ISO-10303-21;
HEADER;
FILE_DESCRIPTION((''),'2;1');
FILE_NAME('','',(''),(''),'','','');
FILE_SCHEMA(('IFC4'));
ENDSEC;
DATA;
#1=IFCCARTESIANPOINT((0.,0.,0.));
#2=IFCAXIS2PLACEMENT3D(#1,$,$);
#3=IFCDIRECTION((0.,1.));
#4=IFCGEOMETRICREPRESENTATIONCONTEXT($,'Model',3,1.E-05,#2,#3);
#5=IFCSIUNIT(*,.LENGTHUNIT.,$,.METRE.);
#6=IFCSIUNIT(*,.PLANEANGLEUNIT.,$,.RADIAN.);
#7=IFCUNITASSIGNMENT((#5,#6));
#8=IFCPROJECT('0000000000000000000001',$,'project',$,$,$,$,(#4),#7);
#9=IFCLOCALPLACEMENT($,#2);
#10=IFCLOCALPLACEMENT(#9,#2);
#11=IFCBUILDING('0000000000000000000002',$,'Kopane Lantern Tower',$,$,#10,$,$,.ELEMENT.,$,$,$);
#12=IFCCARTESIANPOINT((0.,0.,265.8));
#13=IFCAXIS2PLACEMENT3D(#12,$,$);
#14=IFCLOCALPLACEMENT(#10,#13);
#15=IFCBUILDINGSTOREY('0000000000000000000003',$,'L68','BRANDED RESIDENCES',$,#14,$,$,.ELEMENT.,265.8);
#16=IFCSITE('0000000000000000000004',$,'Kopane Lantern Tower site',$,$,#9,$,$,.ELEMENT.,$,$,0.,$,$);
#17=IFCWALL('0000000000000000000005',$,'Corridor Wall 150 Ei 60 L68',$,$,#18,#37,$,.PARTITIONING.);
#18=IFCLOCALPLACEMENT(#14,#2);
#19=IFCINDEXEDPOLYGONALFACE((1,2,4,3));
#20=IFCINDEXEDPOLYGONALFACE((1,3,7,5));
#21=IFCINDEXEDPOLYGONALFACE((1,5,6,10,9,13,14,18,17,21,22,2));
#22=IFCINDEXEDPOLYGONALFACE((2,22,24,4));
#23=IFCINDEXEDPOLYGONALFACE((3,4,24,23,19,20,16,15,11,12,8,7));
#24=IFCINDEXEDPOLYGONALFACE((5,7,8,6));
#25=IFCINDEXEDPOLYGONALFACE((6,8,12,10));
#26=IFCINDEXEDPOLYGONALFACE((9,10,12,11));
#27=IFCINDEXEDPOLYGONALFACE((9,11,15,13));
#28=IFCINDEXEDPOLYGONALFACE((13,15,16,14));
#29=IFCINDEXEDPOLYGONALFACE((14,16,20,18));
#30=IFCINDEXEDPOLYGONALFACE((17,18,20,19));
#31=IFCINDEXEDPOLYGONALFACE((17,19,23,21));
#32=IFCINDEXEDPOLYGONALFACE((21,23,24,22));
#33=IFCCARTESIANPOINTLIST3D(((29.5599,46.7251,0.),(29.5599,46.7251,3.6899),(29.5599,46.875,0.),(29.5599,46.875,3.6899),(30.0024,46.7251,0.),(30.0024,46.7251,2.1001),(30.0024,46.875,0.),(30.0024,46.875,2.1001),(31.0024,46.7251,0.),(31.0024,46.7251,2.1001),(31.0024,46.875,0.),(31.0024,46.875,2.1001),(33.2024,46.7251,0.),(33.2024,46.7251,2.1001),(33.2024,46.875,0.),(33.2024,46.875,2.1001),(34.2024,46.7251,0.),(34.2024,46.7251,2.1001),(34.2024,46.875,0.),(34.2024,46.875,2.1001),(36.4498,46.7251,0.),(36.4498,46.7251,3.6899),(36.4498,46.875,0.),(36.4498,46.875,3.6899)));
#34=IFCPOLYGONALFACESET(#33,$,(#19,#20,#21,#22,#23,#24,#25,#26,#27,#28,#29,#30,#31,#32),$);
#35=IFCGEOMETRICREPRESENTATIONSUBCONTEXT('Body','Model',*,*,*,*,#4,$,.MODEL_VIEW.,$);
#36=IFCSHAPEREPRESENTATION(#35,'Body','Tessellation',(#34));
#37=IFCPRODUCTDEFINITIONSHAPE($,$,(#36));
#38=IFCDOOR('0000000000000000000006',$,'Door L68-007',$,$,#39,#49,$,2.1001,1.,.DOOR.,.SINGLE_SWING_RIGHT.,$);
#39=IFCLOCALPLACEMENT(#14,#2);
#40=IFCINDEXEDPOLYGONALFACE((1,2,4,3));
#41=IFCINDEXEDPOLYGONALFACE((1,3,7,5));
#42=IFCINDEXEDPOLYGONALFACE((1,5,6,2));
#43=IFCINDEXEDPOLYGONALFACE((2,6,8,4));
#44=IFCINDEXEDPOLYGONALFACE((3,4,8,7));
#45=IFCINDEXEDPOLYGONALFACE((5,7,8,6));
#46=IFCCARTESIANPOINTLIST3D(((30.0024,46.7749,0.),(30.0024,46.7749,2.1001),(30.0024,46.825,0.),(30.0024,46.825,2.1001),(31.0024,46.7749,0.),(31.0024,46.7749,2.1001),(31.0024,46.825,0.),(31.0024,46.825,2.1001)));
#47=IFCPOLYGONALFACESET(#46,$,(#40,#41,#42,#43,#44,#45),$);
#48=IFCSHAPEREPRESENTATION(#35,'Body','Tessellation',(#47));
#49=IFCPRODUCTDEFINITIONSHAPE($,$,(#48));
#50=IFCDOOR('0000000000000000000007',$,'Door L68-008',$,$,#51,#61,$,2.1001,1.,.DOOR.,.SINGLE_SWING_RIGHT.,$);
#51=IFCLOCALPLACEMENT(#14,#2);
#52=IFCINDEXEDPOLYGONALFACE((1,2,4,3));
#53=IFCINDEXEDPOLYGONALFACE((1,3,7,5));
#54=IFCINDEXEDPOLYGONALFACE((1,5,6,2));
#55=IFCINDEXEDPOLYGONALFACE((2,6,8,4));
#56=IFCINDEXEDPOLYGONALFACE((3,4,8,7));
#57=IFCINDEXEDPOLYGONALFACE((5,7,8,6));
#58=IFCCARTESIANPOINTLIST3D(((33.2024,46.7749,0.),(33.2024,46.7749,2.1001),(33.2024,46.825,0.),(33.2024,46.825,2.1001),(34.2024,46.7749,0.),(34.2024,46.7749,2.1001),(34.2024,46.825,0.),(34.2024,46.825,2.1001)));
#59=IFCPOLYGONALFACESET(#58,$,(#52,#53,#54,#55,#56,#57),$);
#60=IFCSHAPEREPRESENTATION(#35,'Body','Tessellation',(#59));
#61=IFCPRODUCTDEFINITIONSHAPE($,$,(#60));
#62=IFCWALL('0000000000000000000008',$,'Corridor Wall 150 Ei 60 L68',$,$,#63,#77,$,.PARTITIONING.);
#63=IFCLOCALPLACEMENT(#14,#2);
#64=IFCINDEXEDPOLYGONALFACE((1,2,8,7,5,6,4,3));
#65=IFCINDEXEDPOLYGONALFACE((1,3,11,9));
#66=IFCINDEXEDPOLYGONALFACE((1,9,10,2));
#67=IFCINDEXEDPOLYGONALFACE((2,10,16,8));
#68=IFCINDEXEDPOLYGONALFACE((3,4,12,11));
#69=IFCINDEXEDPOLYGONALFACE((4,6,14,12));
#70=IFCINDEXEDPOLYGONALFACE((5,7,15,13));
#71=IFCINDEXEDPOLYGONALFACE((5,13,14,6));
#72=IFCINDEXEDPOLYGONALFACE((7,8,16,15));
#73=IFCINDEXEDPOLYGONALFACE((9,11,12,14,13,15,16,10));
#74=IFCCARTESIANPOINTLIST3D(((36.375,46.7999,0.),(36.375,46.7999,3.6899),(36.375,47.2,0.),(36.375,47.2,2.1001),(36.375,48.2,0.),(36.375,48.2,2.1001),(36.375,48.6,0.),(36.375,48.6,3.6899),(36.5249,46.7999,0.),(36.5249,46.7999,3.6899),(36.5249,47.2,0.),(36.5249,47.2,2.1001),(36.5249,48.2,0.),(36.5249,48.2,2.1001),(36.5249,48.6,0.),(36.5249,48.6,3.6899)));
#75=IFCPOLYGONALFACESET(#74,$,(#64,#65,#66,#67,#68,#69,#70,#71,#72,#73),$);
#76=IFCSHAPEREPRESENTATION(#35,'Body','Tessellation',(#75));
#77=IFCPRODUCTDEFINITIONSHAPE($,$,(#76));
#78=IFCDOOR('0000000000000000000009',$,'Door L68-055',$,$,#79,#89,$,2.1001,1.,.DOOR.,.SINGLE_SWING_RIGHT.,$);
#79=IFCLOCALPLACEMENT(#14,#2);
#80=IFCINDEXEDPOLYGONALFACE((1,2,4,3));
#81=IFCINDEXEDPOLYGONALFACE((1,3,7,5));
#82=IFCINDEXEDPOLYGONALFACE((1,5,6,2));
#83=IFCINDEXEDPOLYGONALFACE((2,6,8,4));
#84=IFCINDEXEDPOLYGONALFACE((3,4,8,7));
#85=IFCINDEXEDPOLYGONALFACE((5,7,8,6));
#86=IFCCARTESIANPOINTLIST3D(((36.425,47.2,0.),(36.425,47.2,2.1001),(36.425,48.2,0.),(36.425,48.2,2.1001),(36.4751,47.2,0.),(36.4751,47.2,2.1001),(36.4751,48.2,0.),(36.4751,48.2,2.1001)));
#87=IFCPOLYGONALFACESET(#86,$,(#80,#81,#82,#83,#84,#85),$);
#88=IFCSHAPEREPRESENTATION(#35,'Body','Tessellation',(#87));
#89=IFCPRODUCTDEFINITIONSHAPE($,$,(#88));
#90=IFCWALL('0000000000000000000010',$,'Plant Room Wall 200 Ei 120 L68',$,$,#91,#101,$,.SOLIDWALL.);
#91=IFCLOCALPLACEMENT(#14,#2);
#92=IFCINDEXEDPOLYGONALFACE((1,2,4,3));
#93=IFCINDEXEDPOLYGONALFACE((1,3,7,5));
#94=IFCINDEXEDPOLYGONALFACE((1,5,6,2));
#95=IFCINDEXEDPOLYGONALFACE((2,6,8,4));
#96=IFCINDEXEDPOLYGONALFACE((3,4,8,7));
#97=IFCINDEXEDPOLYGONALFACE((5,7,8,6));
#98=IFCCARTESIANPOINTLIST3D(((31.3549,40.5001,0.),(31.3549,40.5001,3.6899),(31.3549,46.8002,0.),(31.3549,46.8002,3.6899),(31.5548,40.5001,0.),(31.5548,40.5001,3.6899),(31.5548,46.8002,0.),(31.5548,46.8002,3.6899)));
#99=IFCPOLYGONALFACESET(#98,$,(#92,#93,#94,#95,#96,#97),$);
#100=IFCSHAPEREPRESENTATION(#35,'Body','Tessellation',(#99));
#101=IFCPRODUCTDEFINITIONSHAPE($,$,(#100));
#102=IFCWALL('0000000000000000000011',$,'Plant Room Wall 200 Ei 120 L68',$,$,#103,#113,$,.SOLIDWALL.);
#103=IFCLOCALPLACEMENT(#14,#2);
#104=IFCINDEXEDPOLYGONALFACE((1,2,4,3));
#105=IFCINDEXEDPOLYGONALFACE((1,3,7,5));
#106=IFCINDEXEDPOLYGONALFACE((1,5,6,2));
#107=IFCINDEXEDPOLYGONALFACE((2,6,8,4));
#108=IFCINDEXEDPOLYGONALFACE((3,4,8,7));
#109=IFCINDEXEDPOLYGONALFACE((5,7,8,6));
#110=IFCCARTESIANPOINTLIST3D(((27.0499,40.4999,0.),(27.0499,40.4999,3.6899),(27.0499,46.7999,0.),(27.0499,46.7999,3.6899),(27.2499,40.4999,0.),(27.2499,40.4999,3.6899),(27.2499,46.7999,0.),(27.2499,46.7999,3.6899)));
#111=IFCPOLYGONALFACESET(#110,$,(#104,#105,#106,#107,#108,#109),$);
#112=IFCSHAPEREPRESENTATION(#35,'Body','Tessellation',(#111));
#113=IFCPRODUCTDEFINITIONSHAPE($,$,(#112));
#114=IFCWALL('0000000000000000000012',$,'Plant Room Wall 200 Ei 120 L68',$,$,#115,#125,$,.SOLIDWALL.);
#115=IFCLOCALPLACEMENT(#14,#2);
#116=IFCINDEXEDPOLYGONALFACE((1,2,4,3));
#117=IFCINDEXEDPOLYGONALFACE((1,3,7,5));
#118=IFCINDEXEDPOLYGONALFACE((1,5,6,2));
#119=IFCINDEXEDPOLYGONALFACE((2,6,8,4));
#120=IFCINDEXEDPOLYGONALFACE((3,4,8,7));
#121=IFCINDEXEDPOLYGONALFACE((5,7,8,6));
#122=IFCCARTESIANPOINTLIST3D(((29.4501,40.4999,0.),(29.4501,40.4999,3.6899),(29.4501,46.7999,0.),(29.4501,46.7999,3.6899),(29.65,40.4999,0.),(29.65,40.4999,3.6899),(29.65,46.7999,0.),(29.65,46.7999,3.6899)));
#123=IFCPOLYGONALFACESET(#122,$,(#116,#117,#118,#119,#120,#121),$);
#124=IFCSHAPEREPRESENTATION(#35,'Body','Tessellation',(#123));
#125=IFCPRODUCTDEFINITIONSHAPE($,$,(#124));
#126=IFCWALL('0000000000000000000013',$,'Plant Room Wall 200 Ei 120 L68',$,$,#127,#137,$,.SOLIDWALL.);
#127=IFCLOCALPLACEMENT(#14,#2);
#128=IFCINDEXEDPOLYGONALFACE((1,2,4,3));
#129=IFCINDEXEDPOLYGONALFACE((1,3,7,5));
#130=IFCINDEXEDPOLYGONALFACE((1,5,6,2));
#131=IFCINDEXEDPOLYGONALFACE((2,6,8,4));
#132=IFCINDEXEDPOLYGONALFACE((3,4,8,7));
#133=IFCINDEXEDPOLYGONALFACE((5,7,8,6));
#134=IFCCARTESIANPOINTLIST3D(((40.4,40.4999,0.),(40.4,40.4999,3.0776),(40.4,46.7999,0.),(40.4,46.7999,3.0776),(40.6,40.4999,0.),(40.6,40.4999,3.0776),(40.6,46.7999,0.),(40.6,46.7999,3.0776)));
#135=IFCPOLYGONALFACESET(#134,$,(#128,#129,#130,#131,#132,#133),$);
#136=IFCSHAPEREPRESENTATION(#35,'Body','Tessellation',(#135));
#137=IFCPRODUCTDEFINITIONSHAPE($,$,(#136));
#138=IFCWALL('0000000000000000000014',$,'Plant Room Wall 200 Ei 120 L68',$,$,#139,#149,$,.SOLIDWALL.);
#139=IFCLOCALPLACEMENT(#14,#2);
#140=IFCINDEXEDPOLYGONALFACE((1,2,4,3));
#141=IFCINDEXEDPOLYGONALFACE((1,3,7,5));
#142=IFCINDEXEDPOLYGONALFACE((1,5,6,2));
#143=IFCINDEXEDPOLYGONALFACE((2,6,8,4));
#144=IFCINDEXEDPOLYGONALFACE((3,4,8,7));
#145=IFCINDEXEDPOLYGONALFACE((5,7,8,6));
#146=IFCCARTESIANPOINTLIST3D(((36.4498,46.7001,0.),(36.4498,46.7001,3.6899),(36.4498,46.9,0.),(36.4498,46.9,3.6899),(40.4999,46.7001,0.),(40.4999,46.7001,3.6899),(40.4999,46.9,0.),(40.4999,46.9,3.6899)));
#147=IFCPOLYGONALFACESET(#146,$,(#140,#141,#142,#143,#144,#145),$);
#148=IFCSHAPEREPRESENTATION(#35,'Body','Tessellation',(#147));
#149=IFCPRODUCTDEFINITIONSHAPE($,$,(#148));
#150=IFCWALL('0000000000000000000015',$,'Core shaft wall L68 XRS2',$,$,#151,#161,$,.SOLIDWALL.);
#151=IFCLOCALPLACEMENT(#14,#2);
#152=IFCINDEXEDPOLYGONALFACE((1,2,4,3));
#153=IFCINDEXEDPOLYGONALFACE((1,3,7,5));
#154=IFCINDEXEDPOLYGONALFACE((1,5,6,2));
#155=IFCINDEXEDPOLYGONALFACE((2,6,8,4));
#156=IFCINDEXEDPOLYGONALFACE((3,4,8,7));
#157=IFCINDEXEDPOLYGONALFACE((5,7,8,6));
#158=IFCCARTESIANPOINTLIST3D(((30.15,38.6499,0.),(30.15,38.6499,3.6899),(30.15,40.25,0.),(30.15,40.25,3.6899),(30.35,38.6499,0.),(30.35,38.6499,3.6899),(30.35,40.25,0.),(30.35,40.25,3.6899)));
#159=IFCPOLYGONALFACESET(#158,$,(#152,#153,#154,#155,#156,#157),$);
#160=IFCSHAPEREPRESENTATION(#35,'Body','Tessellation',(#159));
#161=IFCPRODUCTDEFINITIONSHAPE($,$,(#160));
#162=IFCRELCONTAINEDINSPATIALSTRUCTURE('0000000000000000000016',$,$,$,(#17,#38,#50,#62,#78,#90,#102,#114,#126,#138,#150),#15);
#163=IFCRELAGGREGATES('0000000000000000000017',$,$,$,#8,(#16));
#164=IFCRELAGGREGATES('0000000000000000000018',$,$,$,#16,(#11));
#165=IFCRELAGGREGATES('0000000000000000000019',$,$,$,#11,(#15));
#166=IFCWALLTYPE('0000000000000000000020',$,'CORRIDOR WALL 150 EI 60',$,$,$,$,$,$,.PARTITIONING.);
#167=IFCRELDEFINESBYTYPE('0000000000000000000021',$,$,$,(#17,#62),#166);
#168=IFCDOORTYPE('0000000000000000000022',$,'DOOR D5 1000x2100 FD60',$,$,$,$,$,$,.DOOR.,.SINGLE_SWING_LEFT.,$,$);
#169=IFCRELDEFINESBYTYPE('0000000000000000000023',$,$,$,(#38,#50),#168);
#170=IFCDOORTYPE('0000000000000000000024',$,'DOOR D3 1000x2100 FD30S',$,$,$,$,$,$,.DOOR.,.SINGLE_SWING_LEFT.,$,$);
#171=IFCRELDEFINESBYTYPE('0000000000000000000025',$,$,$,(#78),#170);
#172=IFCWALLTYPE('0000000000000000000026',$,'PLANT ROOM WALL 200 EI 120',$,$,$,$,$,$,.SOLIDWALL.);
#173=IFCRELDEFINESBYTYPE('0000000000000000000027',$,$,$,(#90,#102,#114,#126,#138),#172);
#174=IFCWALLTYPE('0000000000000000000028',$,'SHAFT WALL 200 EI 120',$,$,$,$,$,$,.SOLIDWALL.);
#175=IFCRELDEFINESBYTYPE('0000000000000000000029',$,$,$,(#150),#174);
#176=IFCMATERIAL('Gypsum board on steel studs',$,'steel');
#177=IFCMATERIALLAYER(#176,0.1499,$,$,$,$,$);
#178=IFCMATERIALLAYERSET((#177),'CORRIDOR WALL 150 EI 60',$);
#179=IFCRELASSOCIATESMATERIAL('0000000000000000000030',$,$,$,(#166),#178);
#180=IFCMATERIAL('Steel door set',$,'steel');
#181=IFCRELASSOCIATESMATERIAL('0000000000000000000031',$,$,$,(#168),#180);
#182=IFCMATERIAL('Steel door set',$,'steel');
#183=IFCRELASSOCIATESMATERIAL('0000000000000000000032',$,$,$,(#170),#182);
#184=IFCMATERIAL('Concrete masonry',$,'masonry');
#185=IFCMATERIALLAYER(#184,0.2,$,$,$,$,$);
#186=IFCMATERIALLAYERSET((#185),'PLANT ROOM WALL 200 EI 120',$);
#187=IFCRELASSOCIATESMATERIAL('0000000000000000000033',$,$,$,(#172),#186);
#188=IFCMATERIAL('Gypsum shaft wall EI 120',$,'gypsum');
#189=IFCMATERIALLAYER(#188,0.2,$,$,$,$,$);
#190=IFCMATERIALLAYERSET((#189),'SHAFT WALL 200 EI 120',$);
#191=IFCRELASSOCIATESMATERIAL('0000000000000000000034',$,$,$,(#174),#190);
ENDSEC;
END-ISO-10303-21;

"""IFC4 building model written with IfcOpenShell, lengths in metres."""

from ifc_helpers import new_model, si_unit, direction, frame, frame_2d, origin, place, context, subcontext, project, spatial, rectangle, extrude, material, layer, layer_set, type_object, element, fill, save


model = new_model("IFC4")

# Units and contexts
model_context = context("Model", 3, precision=1e-05, world=origin(), true_north=direction((0.0, 1.0)))
body_context = subcontext(model_context, "Body", "Model", "MODEL_VIEW")
ifc_project = project(units=[si_unit("LENGTHUNIT", "METRE"), si_unit("PLANEANGLEUNIT", "RADIAN")], contexts=[model_context])

# Site, building, storey
site_placement = place(None, origin())
site = spatial("IfcSite", under=ifc_project, at=site_placement, Name="Kopane Lantern Tower site", CompositionType="ELEMENT", RefElevation=0.0)
building_placement = place(site_placement, origin())
building = spatial("IfcBuilding", under=site, at=building_placement, Name="Kopane Lantern Tower", CompositionType="ELEMENT")
storey_placement = place(building_placement, frame((0.0, 0.0, 265.8)))
storey = spatial("IfcBuildingStorey", under=building, at=storey_placement, Name="L68", Description="BRANDED RESIDENCES", CompositionType="ELEMENT", Elevation=265.8)

# Wall, openings, doors
ifc_material_1 = material(Name="Gypsum board on steel studs", Category="steel")
ifc_layer_1 = layer(ifc_material_1, 0.1499)
ifc_layer_set_1 = layer_set([ifc_layer_1], Name="CORRIDOR WALL 150 EI 60")
wall_type_1 = type_object("IfcWallType", Name="CORRIDOR WALL 150 EI 60", PredefinedType="PARTITIONING", material=ifc_layer_set_1)
wall_1_placement = place(storey_placement, frame((29.5601, 46.8, 0.0), z_axis=(0.0, 0.0, 1.0), x_axis=(1.0, 0.0, 0.0)))
wall_1 = element("IfcWall", 1, at=wall_1_placement, inside=storey, type_object=wall_type_1, Name="Corridor Wall 150 Ei 60 L68", PredefinedType="PARTITIONING", context=body_context, shape_type="SweptSolid", body=[
    extrude(rectangle(XDim=6.8899, YDim=0.1499, at=frame_2d((3.4448, 0.0))), origin(), (0.0, 0.0, 1.0), 3.6899),
])
opening_1_placement = place(wall_1_placement, frame((0.4424, 0.0, 0.0)))
opening_1 = element("IfcOpeningElement", 2, at=opening_1_placement, cuts=wall_1, PredefinedType="OPENING", context=body_context, shape_type="SweptSolid", body=[
    extrude(rectangle(XDim=1.0, YDim=2.1001, at=frame_2d((0.5, 1.05))), frame((0.0, 0.085, 0.0), z_axis=(0.0, -1.0, 0.0), x_axis=(1.0, 0.0, 0.0)), (0.0, 0.0, 1.0), 0.1699),
])
opening_2_placement = place(wall_1_placement, frame((3.6423, 0.0, 0.0)))
opening_2 = element("IfcOpeningElement", 3, at=opening_2_placement, cuts=wall_1, PredefinedType="OPENING", context=body_context, shape_type="SweptSolid", body=[
    extrude(rectangle(XDim=1.0, YDim=2.1001, at=frame_2d((0.5, 1.05))), frame((0.0, 0.085, 0.0), z_axis=(0.0, -1.0, 0.0), x_axis=(1.0, 0.0, 0.0)), (0.0, 0.0, 1.0), 0.1699),
])
ifc_material_2 = material(Name="Steel door set", Category="steel")
door_type_1 = type_object("IfcDoorType", Name="DOOR D5 1000x2100 FD60", OperationType="SINGLE_SWING_LEFT", PredefinedType="DOOR", material=ifc_material_2)
door_1_placement = place(opening_1_placement, origin())
door_1 = element("IfcDoor", 4, at=door_1_placement, inside=storey, type_object=door_type_1, Name="Door L68-007", OperationType="SINGLE_SWING_RIGHT", OverallHeight=2.1001, OverallWidth=1.0, PredefinedType="DOOR", context=body_context, shape_type="SweptSolid", body=[
    extrude(rectangle(XDim=1.0, YDim=2.1001, at=frame_2d((0.5, 1.05))), frame((0.0, 0.0249, 0.0), z_axis=(0.0, -1.0, 0.0), x_axis=(1.0, 0.0, 0.0)), (0.0, 0.0, 1.0), 0.05),
])
fill(opening_1, door_1)
door_2_placement = place(opening_2_placement, origin())
door_2 = element("IfcDoor", 5, at=door_2_placement, inside=storey, type_object=door_type_1, Name="Door L68-008", OperationType="SINGLE_SWING_RIGHT", OverallHeight=2.1001, OverallWidth=1.0, PredefinedType="DOOR", context=body_context, shape_type="SweptSolid", body=[
    extrude(rectangle(XDim=1.0, YDim=2.1001, at=frame_2d((0.5, 1.05))), frame((0.0, 0.0249, 0.0), z_axis=(0.0, -1.0, 0.0), x_axis=(1.0, 0.0, 0.0)), (0.0, 0.0, 1.0), 0.05),
])
fill(opening_2, door_2)

# Wall, opening, door
wall_2_placement = place(storey_placement, frame((36.45, 46.8, 0.0), z_axis=(0.0, 0.0, 1.0), x_axis=(0.0, 1.0, 0.0)))
wall_2 = element("IfcWall", 6, at=wall_2_placement, inside=storey, type_object=wall_type_1, Name="Corridor Wall 150 Ei 60 L68", PredefinedType="PARTITIONING", context=body_context, shape_type="SweptSolid", body=[
    extrude(rectangle(XDim=1.8, YDim=0.1499, at=frame_2d((0.8999, 0.0))), origin(), (0.0, 0.0, 1.0), 3.6899),
])
opening_3_placement = place(wall_2_placement, frame((0.3999, 0.0, 0.0)))
opening_3 = element("IfcOpeningElement", 7, at=opening_3_placement, cuts=wall_2, PredefinedType="OPENING", context=body_context, shape_type="SweptSolid", body=[
    extrude(rectangle(XDim=1.0, YDim=2.1001, at=frame_2d((0.5, 1.05))), frame((0.0, 0.085, 0.0), z_axis=(0.0, -1.0, 0.0), x_axis=(1.0, 0.0, 0.0)), (0.0, 0.0, 1.0), 0.1699),
])
ifc_material_3 = material(Name="Steel door set", Category="steel")
door_type_2 = type_object("IfcDoorType", Name="DOOR D3 1000x2100 FD30S", OperationType="SINGLE_SWING_LEFT", PredefinedType="DOOR", material=ifc_material_3)
door_3_placement = place(opening_3_placement, origin())
door_3 = element("IfcDoor", 8, at=door_3_placement, inside=storey, type_object=door_type_2, Name="Door L68-055", OperationType="SINGLE_SWING_RIGHT", OverallHeight=2.1001, OverallWidth=1.0, PredefinedType="DOOR", context=body_context, shape_type="SweptSolid", body=[
    extrude(rectangle(XDim=1.0, YDim=2.1001, at=frame_2d((0.5, 1.05))), frame((0.0, 0.0249, 0.0), z_axis=(0.0, -1.0, 0.0), x_axis=(1.0, 0.0, 0.0)), (0.0, 0.0, 1.0), 0.05),
])
fill(opening_3, door_3)

# Walls
ifc_material_4 = material(Name="Concrete masonry", Category="masonry")
ifc_layer_2 = layer(ifc_material_4, 0.2)
ifc_layer_set_2 = layer_set([ifc_layer_2], Name="PLANT ROOM WALL 200 EI 120")
wall_type_2 = type_object("IfcWallType", Name="PLANT ROOM WALL 200 EI 120", PredefinedType="SOLIDWALL", material=ifc_layer_set_2)
for number, where, z_axis, x_axis, name in (
    (9, (31.4548, 46.8, 0.0), (0.0, 0.0, 1.0), (0.0, -1.0, 0.0), "Plant Room Wall 200 Ei 120 L68"),
    (10, (27.1499, 40.5, 0.0), (0.0, 0.0, 1.0), (0.0, 1.0, 0.0), "Plant Room Wall 200 Ei 120 L68"),
    (11, (29.55, 40.5, 0.0), (0.0, 0.0, 1.0), (0.0, 1.0, 0.0), "Plant Room Wall 200 Ei 120 L68"),
):
    element("IfcWall", number, at=place(storey_placement, frame(where, z_axis=z_axis, x_axis=x_axis)), inside=storey, type_object=wall_type_2, Name=name, PredefinedType="SOLIDWALL", context=body_context, shape_type="SweptSolid", body=[
        extrude(rectangle(XDim=6.3, YDim=0.2, at=frame_2d((3.1499, 0.0))), origin(), (0.0, 0.0, 1.0), 3.6899),
    ])
wall_3_placement = place(storey_placement, frame((40.5, 40.5, 0.0), z_axis=(0.0, 0.0, 1.0), x_axis=(0.0, 1.0, 0.0)))
element("IfcWall", 12, at=wall_3_placement, inside=storey, type_object=wall_type_2, Name="Plant Room Wall 200 Ei 120 L68", PredefinedType="SOLIDWALL", context=body_context, shape_type="SweptSolid", body=[
    extrude(rectangle(XDim=6.3, YDim=0.2, at=frame_2d((3.1499, 0.0))), origin(), (0.0, 0.0, 1.0), 3.0776),
])
wall_4_placement = place(storey_placement, frame((36.45, 46.8, 0.0), z_axis=(0.0, 0.0, 1.0), x_axis=(1.0, 0.0, 0.0)))
element("IfcWall", 13, at=wall_4_placement, inside=storey, type_object=wall_type_2, Name="Plant Room Wall 200 Ei 120 L68", PredefinedType="SOLIDWALL", context=body_context, shape_type="SweptSolid", body=[
    extrude(rectangle(XDim=4.05, YDim=0.2, at=frame_2d((2.0249, 0.0))), origin(), (0.0, 0.0, 1.0), 3.6899),
])
ifc_material_5 = material(Name="Gypsum shaft wall EI 120", Category="gypsum")
ifc_layer_3 = layer(ifc_material_5, 0.2)
ifc_layer_set_3 = layer_set([ifc_layer_3], Name="SHAFT WALL 200 EI 120")
wall_type_3 = type_object("IfcWallType", Name="SHAFT WALL 200 EI 120", PredefinedType="SOLIDWALL", material=ifc_layer_set_3)
wall_5_placement = place(storey_placement, frame((30.25, 38.6499, 0.0), z_axis=(0.0, 0.0, 1.0), x_axis=(0.0, 1.0, 0.0)))
element("IfcWall", 14, at=wall_5_placement, inside=storey, type_object=wall_type_3, Name="Core shaft wall L68 XRS2", PredefinedType="SOLIDWALL", context=body_context, shape_type="SweptSolid", body=[
    extrude(rectangle(XDim=1.6001, YDim=0.2, at=frame_2d((0.8, 0.0))), origin(), (0.0, 0.0, 1.0), 3.6899),
])

save(model, "model.ifc")
